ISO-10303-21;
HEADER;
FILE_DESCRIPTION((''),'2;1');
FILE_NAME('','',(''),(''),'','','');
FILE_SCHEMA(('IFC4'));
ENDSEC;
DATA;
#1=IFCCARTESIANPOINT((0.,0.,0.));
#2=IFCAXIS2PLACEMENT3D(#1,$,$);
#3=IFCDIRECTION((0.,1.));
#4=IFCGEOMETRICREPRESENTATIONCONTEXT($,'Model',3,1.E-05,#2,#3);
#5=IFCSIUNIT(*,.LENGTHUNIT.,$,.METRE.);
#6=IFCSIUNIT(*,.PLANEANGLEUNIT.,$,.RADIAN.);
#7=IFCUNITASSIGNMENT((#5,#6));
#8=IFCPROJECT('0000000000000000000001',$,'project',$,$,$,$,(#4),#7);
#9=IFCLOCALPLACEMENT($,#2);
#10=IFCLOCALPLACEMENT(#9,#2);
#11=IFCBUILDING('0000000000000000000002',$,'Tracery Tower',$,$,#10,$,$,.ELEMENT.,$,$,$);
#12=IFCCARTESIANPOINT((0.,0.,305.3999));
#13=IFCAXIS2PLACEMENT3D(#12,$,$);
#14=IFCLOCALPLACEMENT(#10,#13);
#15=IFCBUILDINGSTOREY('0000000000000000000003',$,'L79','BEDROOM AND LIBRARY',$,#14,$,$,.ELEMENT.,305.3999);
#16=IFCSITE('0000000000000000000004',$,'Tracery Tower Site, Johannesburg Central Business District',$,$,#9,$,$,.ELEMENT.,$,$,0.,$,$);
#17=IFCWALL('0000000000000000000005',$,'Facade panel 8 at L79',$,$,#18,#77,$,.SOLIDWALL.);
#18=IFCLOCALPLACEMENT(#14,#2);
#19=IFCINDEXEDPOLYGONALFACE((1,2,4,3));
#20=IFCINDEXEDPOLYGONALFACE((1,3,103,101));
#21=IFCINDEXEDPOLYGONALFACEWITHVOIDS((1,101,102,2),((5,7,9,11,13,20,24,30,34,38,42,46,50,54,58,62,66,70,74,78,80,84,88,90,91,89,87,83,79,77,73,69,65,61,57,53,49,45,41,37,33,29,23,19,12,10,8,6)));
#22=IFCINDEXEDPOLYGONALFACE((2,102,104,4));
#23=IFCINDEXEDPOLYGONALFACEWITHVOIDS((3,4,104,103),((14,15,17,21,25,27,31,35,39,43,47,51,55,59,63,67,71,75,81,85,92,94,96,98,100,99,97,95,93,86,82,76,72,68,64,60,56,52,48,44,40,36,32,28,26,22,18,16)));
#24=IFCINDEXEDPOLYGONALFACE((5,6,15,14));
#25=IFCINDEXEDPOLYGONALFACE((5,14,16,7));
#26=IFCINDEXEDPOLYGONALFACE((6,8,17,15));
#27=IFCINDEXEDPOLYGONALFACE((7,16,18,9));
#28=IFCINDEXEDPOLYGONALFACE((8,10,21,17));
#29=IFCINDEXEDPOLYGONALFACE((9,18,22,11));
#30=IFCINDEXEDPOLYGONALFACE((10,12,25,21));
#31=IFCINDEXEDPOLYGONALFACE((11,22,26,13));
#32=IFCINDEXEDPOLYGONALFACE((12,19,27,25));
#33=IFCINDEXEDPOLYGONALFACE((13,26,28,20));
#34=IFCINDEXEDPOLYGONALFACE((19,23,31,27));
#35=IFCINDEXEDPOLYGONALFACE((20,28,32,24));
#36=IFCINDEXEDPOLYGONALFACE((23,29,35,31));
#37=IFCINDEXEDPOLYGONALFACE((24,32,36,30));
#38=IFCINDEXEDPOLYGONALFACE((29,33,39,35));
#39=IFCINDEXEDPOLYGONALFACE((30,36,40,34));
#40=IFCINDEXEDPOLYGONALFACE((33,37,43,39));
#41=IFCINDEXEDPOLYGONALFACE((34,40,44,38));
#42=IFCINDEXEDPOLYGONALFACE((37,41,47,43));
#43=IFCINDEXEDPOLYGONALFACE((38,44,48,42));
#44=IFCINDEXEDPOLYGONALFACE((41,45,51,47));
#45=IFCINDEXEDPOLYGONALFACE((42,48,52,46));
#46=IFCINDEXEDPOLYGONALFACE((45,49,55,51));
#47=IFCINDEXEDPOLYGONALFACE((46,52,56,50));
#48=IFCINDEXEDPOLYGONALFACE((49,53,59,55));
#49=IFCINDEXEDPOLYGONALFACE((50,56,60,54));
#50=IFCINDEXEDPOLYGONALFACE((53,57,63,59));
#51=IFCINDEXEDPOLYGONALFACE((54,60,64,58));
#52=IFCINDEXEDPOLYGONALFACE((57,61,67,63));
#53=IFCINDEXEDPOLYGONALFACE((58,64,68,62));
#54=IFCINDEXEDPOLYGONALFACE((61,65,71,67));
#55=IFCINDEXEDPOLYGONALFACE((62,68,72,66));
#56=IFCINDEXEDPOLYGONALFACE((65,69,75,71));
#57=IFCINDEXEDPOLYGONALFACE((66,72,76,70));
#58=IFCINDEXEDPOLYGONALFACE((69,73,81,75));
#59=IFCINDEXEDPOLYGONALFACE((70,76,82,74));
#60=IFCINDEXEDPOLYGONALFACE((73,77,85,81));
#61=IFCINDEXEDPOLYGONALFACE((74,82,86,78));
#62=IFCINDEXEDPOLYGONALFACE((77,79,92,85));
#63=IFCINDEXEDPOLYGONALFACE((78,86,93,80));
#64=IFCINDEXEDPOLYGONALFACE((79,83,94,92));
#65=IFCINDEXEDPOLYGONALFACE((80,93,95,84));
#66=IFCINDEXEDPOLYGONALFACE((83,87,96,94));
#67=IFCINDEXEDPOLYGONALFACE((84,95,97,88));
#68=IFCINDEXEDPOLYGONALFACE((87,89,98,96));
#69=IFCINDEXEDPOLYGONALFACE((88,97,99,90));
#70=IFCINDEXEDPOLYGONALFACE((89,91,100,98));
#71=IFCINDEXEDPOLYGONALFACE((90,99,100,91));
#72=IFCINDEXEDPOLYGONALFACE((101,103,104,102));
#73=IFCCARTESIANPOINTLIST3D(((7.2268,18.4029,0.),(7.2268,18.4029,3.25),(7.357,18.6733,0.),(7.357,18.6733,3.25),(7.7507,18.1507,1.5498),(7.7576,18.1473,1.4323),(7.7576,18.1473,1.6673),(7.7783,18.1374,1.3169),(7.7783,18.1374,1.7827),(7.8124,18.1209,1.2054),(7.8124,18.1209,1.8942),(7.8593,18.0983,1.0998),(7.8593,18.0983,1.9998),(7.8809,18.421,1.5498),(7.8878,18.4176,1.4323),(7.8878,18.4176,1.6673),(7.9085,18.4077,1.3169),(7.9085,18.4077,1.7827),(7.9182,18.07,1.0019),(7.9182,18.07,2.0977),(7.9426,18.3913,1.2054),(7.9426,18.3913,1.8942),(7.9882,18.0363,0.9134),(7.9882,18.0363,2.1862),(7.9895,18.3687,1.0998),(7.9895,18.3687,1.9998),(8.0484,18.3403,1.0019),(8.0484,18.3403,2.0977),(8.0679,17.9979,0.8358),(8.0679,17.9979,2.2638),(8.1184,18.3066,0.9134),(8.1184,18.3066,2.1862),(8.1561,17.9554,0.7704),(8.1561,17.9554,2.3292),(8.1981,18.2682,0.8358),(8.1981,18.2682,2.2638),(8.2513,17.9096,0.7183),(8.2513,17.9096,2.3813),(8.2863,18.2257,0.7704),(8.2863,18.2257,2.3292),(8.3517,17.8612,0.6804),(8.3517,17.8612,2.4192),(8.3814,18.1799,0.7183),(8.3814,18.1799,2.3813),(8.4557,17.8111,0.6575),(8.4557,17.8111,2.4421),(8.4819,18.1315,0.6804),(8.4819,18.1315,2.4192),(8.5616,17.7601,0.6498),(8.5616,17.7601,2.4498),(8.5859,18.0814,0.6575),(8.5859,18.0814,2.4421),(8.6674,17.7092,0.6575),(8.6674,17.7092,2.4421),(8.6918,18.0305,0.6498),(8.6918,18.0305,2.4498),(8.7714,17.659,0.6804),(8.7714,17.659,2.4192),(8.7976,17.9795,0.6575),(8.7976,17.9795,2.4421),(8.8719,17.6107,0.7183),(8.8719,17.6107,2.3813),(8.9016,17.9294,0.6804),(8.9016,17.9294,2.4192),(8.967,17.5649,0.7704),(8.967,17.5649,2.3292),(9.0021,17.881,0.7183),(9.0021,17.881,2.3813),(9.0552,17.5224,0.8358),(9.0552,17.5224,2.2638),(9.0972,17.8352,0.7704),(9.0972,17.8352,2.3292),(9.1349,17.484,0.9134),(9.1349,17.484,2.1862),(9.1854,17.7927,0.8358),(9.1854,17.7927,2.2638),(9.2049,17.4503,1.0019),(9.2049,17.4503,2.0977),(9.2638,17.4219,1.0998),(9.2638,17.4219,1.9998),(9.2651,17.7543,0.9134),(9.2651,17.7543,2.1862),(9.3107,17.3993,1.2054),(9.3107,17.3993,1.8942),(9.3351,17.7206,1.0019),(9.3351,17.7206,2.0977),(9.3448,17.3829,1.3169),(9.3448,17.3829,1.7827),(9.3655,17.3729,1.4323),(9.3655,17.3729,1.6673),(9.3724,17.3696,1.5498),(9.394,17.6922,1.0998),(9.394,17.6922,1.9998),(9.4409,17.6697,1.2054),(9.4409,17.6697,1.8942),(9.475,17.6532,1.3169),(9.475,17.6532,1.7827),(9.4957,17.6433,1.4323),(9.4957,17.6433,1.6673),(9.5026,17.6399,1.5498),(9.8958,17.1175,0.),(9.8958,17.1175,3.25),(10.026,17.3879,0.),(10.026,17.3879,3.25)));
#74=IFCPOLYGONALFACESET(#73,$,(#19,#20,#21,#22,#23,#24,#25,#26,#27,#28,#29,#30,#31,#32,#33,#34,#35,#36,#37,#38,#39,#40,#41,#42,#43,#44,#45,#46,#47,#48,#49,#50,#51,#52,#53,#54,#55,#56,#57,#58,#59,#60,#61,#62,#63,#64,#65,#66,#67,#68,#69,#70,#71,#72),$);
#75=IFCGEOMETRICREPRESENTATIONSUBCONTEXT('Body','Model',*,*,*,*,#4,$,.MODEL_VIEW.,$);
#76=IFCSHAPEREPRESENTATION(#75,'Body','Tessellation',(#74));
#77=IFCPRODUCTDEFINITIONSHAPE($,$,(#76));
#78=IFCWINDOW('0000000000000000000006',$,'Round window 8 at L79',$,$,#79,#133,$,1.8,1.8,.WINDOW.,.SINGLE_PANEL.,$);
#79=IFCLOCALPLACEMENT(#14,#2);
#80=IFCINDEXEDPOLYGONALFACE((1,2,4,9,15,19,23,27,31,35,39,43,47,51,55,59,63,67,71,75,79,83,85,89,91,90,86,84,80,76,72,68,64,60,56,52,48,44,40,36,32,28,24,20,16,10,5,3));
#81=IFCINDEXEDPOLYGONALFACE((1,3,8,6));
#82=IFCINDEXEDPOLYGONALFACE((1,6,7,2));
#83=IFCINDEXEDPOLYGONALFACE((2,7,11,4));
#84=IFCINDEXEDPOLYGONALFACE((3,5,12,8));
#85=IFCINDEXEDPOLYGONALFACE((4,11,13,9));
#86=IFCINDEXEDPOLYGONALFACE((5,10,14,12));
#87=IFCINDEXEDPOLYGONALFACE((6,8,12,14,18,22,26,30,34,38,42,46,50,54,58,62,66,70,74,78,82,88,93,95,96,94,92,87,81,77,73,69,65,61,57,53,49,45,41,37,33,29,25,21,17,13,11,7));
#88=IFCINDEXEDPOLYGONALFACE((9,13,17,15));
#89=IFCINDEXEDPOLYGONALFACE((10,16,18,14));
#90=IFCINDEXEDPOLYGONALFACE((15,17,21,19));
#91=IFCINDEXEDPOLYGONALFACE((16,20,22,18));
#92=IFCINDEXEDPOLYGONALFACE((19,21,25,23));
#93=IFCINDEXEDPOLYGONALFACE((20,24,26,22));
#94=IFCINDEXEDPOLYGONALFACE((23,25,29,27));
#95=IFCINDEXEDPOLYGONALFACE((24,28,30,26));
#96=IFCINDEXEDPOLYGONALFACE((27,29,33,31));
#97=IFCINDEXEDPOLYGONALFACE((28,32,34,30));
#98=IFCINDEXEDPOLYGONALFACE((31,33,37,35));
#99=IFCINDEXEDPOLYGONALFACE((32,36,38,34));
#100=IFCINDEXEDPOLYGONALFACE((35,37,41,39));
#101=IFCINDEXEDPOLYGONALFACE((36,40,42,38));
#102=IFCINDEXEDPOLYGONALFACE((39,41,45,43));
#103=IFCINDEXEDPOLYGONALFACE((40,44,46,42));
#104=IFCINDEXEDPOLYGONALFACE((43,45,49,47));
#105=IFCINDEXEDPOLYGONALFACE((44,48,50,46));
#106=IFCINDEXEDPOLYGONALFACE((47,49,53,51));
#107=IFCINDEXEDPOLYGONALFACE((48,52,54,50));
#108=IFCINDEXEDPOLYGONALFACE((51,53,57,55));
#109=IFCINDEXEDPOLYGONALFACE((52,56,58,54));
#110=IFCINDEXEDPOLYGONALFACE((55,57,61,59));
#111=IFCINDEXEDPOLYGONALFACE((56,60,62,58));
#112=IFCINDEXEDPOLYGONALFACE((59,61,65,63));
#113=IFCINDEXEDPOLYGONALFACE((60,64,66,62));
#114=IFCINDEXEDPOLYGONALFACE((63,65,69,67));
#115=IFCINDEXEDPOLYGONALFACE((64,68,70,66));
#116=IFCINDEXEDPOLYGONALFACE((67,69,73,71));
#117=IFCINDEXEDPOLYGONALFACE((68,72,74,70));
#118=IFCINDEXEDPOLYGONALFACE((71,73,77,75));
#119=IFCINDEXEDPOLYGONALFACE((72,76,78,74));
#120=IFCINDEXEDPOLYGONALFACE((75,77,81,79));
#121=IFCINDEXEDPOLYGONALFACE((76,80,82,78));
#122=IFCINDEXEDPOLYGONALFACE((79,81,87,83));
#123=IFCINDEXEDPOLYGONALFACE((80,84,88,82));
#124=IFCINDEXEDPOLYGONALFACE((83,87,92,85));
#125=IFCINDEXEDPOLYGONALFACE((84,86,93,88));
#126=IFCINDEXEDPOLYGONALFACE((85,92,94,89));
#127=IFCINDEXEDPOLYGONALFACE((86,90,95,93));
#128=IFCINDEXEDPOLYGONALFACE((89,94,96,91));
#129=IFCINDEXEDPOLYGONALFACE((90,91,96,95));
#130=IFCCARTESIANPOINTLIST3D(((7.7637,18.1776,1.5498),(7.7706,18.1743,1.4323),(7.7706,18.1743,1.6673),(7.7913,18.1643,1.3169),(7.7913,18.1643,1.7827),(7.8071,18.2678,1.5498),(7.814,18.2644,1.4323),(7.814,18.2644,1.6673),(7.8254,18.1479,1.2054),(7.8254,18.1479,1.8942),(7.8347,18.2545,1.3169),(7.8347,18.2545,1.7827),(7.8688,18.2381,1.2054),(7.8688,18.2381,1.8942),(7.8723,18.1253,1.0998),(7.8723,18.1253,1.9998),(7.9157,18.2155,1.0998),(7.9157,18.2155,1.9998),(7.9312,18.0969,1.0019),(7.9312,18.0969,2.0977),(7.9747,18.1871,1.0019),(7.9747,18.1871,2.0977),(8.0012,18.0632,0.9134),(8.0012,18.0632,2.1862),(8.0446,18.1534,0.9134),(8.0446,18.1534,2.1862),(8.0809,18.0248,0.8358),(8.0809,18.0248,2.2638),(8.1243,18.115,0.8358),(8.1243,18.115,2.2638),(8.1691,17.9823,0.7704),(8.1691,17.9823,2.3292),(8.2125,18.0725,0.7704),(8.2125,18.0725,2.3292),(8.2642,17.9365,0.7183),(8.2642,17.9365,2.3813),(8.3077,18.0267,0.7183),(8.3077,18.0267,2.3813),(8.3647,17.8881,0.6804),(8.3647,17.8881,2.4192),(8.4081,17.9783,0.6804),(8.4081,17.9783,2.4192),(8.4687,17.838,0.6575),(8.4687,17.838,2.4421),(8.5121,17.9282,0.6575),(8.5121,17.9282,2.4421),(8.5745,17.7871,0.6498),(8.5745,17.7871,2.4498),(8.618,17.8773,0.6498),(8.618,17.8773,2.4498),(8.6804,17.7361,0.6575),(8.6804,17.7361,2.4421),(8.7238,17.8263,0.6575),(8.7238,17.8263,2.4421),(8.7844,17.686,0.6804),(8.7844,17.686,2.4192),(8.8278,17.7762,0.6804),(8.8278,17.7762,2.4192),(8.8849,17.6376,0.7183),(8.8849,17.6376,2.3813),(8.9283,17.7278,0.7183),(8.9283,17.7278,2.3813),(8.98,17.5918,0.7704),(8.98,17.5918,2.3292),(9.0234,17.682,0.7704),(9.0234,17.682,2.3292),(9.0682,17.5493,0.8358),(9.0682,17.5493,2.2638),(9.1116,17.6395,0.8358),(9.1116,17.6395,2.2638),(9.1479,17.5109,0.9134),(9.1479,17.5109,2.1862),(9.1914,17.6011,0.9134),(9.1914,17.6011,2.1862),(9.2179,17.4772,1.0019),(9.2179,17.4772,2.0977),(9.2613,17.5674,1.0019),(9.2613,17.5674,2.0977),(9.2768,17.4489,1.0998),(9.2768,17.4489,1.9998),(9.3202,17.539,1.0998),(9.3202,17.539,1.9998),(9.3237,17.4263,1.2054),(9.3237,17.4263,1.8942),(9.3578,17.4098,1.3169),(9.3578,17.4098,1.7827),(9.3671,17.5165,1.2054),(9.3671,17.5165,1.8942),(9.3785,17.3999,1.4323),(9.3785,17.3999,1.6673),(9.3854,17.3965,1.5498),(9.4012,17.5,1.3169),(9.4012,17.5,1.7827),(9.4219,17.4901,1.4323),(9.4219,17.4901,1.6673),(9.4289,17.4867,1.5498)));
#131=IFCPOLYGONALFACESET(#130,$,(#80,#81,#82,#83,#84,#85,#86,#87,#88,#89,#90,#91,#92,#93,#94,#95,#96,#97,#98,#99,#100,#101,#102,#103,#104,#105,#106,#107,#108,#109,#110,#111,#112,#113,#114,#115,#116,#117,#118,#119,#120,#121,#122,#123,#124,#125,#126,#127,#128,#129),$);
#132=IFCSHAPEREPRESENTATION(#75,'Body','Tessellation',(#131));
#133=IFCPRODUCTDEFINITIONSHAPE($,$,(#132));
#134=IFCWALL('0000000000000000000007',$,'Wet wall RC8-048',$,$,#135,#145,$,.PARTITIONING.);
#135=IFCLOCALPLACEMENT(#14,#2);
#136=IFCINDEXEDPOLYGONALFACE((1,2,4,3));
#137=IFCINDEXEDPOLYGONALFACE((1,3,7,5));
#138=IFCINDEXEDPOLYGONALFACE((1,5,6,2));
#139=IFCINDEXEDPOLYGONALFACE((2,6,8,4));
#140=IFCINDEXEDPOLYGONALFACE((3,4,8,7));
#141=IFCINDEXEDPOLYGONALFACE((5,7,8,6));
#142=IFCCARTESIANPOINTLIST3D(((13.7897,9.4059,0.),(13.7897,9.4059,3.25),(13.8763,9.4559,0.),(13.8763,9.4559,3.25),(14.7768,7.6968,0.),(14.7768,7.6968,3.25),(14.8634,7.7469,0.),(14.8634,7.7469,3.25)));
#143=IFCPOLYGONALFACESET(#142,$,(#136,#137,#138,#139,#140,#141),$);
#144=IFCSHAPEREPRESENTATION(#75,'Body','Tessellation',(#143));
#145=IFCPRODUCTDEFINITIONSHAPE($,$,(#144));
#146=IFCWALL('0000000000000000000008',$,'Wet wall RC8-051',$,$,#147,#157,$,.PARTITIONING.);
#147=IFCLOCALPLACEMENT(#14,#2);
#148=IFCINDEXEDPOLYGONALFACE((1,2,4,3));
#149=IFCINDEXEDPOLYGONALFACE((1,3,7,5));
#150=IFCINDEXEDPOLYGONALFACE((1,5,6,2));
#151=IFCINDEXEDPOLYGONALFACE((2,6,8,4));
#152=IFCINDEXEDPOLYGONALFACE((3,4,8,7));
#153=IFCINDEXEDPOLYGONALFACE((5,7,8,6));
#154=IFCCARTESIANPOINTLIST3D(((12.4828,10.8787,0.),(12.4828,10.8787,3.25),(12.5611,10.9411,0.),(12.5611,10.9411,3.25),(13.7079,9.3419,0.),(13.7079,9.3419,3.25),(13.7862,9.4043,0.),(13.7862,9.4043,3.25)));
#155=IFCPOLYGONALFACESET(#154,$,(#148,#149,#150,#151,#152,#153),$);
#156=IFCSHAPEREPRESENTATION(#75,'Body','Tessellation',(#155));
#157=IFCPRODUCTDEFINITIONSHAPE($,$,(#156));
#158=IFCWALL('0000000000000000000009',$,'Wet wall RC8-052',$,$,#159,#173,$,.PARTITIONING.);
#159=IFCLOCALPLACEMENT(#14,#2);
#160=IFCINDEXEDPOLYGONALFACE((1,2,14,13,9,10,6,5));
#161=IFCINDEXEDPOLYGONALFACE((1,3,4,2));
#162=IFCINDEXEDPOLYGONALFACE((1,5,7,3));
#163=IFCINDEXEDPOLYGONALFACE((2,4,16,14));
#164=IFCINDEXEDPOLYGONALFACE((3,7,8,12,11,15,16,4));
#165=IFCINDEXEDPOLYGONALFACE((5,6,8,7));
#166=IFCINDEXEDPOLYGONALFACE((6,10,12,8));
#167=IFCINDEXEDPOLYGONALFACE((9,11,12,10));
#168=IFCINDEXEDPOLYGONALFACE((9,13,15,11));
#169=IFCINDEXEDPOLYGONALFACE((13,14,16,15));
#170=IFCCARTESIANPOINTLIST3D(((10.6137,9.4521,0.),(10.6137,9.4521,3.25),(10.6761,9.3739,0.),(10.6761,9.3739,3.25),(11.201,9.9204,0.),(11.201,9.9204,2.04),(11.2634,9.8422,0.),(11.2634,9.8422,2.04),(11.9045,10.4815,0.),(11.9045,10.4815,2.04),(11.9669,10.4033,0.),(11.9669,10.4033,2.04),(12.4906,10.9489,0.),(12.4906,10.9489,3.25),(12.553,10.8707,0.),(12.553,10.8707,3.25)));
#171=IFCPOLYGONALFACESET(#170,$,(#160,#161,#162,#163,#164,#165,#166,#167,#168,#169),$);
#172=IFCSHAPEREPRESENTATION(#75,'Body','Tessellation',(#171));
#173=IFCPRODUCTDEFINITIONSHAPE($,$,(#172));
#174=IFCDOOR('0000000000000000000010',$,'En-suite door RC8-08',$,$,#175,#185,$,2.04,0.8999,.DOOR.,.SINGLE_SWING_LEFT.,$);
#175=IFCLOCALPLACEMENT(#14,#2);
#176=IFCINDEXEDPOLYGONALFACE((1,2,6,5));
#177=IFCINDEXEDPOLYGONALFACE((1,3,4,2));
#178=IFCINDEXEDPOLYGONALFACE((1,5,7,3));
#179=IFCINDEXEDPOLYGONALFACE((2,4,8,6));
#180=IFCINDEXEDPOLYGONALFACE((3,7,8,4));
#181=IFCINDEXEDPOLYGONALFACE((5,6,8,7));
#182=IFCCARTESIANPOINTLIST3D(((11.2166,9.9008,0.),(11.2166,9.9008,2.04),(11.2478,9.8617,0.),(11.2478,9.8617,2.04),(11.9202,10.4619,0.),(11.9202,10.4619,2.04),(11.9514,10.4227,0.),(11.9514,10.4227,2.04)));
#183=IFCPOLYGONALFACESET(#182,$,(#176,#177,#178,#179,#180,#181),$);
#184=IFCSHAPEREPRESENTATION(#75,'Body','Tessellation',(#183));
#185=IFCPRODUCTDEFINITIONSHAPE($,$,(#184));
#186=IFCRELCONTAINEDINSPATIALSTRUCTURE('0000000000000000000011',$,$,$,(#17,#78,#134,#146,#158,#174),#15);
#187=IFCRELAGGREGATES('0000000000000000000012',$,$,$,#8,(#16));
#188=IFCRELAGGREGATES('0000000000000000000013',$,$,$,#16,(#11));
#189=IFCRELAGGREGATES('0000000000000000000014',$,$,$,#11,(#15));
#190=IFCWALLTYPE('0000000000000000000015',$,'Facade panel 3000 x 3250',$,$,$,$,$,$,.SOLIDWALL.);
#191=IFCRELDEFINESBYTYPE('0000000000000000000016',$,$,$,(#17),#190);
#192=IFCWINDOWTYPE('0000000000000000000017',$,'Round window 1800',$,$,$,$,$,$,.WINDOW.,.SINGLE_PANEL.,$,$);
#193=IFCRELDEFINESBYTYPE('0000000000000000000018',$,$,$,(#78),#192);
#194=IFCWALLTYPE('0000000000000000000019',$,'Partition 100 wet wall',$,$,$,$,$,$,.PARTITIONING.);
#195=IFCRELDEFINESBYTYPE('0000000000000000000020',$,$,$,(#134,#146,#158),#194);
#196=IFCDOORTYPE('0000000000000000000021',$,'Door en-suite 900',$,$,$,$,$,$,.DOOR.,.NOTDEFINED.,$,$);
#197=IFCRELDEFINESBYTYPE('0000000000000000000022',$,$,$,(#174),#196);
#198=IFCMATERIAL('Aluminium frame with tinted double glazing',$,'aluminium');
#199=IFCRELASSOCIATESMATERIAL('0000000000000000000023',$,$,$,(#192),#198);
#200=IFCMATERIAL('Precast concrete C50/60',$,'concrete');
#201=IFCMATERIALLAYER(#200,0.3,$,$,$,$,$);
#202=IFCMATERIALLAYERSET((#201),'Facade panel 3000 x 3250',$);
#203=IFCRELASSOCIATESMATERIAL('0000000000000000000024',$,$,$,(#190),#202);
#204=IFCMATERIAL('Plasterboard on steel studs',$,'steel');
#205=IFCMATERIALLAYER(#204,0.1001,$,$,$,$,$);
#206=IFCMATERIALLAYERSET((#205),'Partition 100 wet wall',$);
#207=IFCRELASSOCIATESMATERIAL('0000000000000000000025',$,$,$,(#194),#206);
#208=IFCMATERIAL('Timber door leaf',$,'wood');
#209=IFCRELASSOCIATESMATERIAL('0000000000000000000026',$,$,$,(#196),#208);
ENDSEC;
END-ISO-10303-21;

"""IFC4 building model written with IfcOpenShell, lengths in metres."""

from ifc_helpers import new_model, si_unit, direction, frame, frame_2d, origin, origin_2d, place, context, subcontext, project, spatial, rectangle, circle, extrude, material, layer, layer_set, type_object, element, fill, save


model = new_model("IFC4")

# Units and contexts
model_context = context("Model", 3, precision=1e-05, world=origin(), true_north=direction((0.0, 1.0)))
body_context = subcontext(model_context, "Body", "Model", "MODEL_VIEW")
ifc_project = project(units=[si_unit("LENGTHUNIT", "METRE"), si_unit("PLANEANGLEUNIT", "RADIAN")], contexts=[model_context])

# Site, building, storey
site_placement = place(None, origin())
site = spatial("IfcSite", under=ifc_project, at=site_placement, Name="Tracery Tower Site, Johannesburg Central Business District", CompositionType="ELEMENT", RefElevation=0.0)
building_placement = place(site_placement, origin())
building = spatial("IfcBuilding", under=site, at=building_placement, Name="Tracery Tower", CompositionType="ELEMENT")
storey_placement = place(building_placement, frame((0.0, 0.0, 305.3999)))
storey = spatial("IfcBuildingStorey", under=building, at=storey_placement, Name="L79", Description="BEDROOM AND LIBRARY", CompositionType="ELEMENT", Elevation=305.3999)

# Wall, opening, window
ifc_material_1 = material(Name="Aluminium frame with tinted double glazing", Category="aluminium")
window_type = type_object("IfcWindowType", Name="Round window 1800", PartitioningType="SINGLE_PANEL", PredefinedType="WINDOW", material=ifc_material_1)
ifc_material_2 = material(Name="Precast concrete C50/60", Category="concrete")
ifc_layer_1 = layer(ifc_material_2, 0.3)
ifc_layer_set_1 = layer_set([ifc_layer_1], Name="Facade panel 3000 x 3250")
wall_type_1 = type_object("IfcWallType", Name="Facade panel 3000 x 3250", PredefinedType="SOLIDWALL", material=ifc_layer_set_1)
wall_1_placement = place(storey_placement, frame((9.9609, 17.2527, 0.0), z_axis=(0.0, 0.0, 1.0), x_axis=(-0.900955, 0.433912, 0.0)))
wall_1 = element("IfcWall", 1, at=wall_1_placement, inside=storey, type_object=wall_type_1, Name="Facade panel 8 at L79", PredefinedType="SOLIDWALL", context=body_context, shape_type="SweptSolid", body=[
    extrude(rectangle(XDim=2.9624, YDim=0.3, at=frame_2d((1.4812, 0.0))), origin(), (0.0, 0.0, 1.0), 3.25),
])
opening_1_placement = place(wall_1_placement, frame((1.481, 0.0, 1.5498)))
opening_1 = element("IfcOpeningElement", 2, at=opening_1_placement, cuts=wall_1, PredefinedType="OPENING", context=body_context, shape_type="SweptSolid", body=[
    extrude(circle(Radius=0.9, at=origin_2d()), frame((0.0, 0.1599, 0.0), z_axis=(0.0, -1.0, 0.0), x_axis=(1.0, 0.0, 0.0)), (0.0, 0.0, 1.0), 0.3201),
])
window_1_placement = place(opening_1_placement, origin())
window_1 = element("IfcWindow", 3, at=window_1_placement, inside=storey, type_object=window_type, Name="Round window 8 at L79", OverallHeight=1.8, OverallWidth=1.8, PartitioningType="SINGLE_PANEL", PredefinedType="WINDOW", context=body_context, shape_type="SweptSolid", body=[
    extrude(circle(Radius=0.9, at=origin_2d()), frame((0.0, 0.1201, 0.0), z_axis=(0.0, -1.0, 0.0), x_axis=(1.0, 0.0, 0.0)), (0.0, 0.0, 1.0), 0.1001),
])
fill(opening_1, window_1)

# Walls
ifc_material_3 = material(Name="Plasterboard on steel studs", Category="steel")
ifc_layer_2 = layer(ifc_material_3, 0.1001)
ifc_layer_set_2 = layer_set([ifc_layer_2], Name="Partition 100 wet wall")
wall_type_2 = type_object("IfcWallType", Name="Partition 100 wet wall", PredefinedType="PARTITIONING", material=ifc_layer_set_2)
wall_2_placement = place(storey_placement, frame((13.833, 9.4309, 0.0), z_axis=(0.0, 0.0, 1.0), x_axis=(0.500144, -0.865942, 0.0)))
element("IfcWall", 4, at=wall_2_placement, inside=storey, type_object=wall_type_2, Name="Wet wall RC8-048", PredefinedType="PARTITIONING", context=body_context, shape_type="SweptSolid", body=[
    extrude(rectangle(XDim=1.9736, YDim=0.1001, at=frame_2d((0.9868, 0.0))), origin(), (0.0, 0.0, 1.0), 3.25),
])
wall_3_placement = place(storey_placement, frame((12.522, 10.9099, 0.0), z_axis=(0.0, 0.0, 1.0), x_axis=(0.623331, -0.781958, 0.0)))
element("IfcWall", 5, at=wall_3_placement, inside=storey, type_object=wall_type_2, Name="Wet wall RC8-051", PredefinedType="PARTITIONING", context=body_context, shape_type="SweptSolid", body=[
    extrude(rectangle(XDim=1.9653, YDim=0.1001, at=frame_2d((0.9827, 0.0))), origin(), (0.0, 0.0, 1.0), 3.25),
])

# Wall, opening, door
wall_4_placement = place(storey_placement, frame((10.645, 9.4131, 0.0), z_axis=(0.0, 0.0, 1.0), x_axis=(0.78183, 0.623491, 0.0)))
wall_4 = element("IfcWall", 6, at=wall_4_placement, inside=storey, type_object=wall_type_2, Name="Wet wall RC8-052", PredefinedType="PARTITIONING", context=body_context, shape_type="SweptSolid", body=[
    extrude(rectangle(XDim=2.4006, YDim=0.1001, at=frame_2d((1.2002, 0.0))), origin(), (0.0, 0.0, 1.0), 3.25),
])
opening_2_placement = place(wall_4_placement, frame((0.751, 0.0, 0.0)))
opening_2 = element("IfcOpeningElement", 7, at=opening_2_placement, cuts=wall_4, PredefinedType="OPENING", context=body_context, shape_type="SweptSolid", body=[
    extrude(rectangle(XDim=0.8999, YDim=2.04, at=frame_2d((0.45, 1.02))), frame((0.0, 0.05, 0.0), z_axis=(0.0, -1.0, 0.0), x_axis=(1.0, 0.0, 0.0)), (0.0, 0.0, 1.0), 0.1001),
])
ifc_material_4 = material(Name="Timber door leaf", Category="wood")
door_type = type_object("IfcDoorType", Name="Door en-suite 900", OperationType="NOTDEFINED", PredefinedType="DOOR", material=ifc_material_4)
door_placement = place(opening_2_placement, origin())
door = element("IfcDoor", 8, at=door_placement, inside=storey, type_object=door_type, Name="En-suite door RC8-08", OperationType="SINGLE_SWING_LEFT", OverallHeight=2.04, OverallWidth=0.8999, PredefinedType="DOOR", context=body_context, shape_type="SweptSolid", body=[
    extrude(rectangle(XDim=0.8999, YDim=2.04, at=frame_2d((0.45, 1.02))), frame((0.0, 0.0249, 0.0), z_axis=(0.0, -1.0, 0.0), x_axis=(1.0, 0.0, 0.0)), (0.0, 0.0, 1.0), 0.05),
])
fill(opening_2, door)

save(model, "model.ifc")
